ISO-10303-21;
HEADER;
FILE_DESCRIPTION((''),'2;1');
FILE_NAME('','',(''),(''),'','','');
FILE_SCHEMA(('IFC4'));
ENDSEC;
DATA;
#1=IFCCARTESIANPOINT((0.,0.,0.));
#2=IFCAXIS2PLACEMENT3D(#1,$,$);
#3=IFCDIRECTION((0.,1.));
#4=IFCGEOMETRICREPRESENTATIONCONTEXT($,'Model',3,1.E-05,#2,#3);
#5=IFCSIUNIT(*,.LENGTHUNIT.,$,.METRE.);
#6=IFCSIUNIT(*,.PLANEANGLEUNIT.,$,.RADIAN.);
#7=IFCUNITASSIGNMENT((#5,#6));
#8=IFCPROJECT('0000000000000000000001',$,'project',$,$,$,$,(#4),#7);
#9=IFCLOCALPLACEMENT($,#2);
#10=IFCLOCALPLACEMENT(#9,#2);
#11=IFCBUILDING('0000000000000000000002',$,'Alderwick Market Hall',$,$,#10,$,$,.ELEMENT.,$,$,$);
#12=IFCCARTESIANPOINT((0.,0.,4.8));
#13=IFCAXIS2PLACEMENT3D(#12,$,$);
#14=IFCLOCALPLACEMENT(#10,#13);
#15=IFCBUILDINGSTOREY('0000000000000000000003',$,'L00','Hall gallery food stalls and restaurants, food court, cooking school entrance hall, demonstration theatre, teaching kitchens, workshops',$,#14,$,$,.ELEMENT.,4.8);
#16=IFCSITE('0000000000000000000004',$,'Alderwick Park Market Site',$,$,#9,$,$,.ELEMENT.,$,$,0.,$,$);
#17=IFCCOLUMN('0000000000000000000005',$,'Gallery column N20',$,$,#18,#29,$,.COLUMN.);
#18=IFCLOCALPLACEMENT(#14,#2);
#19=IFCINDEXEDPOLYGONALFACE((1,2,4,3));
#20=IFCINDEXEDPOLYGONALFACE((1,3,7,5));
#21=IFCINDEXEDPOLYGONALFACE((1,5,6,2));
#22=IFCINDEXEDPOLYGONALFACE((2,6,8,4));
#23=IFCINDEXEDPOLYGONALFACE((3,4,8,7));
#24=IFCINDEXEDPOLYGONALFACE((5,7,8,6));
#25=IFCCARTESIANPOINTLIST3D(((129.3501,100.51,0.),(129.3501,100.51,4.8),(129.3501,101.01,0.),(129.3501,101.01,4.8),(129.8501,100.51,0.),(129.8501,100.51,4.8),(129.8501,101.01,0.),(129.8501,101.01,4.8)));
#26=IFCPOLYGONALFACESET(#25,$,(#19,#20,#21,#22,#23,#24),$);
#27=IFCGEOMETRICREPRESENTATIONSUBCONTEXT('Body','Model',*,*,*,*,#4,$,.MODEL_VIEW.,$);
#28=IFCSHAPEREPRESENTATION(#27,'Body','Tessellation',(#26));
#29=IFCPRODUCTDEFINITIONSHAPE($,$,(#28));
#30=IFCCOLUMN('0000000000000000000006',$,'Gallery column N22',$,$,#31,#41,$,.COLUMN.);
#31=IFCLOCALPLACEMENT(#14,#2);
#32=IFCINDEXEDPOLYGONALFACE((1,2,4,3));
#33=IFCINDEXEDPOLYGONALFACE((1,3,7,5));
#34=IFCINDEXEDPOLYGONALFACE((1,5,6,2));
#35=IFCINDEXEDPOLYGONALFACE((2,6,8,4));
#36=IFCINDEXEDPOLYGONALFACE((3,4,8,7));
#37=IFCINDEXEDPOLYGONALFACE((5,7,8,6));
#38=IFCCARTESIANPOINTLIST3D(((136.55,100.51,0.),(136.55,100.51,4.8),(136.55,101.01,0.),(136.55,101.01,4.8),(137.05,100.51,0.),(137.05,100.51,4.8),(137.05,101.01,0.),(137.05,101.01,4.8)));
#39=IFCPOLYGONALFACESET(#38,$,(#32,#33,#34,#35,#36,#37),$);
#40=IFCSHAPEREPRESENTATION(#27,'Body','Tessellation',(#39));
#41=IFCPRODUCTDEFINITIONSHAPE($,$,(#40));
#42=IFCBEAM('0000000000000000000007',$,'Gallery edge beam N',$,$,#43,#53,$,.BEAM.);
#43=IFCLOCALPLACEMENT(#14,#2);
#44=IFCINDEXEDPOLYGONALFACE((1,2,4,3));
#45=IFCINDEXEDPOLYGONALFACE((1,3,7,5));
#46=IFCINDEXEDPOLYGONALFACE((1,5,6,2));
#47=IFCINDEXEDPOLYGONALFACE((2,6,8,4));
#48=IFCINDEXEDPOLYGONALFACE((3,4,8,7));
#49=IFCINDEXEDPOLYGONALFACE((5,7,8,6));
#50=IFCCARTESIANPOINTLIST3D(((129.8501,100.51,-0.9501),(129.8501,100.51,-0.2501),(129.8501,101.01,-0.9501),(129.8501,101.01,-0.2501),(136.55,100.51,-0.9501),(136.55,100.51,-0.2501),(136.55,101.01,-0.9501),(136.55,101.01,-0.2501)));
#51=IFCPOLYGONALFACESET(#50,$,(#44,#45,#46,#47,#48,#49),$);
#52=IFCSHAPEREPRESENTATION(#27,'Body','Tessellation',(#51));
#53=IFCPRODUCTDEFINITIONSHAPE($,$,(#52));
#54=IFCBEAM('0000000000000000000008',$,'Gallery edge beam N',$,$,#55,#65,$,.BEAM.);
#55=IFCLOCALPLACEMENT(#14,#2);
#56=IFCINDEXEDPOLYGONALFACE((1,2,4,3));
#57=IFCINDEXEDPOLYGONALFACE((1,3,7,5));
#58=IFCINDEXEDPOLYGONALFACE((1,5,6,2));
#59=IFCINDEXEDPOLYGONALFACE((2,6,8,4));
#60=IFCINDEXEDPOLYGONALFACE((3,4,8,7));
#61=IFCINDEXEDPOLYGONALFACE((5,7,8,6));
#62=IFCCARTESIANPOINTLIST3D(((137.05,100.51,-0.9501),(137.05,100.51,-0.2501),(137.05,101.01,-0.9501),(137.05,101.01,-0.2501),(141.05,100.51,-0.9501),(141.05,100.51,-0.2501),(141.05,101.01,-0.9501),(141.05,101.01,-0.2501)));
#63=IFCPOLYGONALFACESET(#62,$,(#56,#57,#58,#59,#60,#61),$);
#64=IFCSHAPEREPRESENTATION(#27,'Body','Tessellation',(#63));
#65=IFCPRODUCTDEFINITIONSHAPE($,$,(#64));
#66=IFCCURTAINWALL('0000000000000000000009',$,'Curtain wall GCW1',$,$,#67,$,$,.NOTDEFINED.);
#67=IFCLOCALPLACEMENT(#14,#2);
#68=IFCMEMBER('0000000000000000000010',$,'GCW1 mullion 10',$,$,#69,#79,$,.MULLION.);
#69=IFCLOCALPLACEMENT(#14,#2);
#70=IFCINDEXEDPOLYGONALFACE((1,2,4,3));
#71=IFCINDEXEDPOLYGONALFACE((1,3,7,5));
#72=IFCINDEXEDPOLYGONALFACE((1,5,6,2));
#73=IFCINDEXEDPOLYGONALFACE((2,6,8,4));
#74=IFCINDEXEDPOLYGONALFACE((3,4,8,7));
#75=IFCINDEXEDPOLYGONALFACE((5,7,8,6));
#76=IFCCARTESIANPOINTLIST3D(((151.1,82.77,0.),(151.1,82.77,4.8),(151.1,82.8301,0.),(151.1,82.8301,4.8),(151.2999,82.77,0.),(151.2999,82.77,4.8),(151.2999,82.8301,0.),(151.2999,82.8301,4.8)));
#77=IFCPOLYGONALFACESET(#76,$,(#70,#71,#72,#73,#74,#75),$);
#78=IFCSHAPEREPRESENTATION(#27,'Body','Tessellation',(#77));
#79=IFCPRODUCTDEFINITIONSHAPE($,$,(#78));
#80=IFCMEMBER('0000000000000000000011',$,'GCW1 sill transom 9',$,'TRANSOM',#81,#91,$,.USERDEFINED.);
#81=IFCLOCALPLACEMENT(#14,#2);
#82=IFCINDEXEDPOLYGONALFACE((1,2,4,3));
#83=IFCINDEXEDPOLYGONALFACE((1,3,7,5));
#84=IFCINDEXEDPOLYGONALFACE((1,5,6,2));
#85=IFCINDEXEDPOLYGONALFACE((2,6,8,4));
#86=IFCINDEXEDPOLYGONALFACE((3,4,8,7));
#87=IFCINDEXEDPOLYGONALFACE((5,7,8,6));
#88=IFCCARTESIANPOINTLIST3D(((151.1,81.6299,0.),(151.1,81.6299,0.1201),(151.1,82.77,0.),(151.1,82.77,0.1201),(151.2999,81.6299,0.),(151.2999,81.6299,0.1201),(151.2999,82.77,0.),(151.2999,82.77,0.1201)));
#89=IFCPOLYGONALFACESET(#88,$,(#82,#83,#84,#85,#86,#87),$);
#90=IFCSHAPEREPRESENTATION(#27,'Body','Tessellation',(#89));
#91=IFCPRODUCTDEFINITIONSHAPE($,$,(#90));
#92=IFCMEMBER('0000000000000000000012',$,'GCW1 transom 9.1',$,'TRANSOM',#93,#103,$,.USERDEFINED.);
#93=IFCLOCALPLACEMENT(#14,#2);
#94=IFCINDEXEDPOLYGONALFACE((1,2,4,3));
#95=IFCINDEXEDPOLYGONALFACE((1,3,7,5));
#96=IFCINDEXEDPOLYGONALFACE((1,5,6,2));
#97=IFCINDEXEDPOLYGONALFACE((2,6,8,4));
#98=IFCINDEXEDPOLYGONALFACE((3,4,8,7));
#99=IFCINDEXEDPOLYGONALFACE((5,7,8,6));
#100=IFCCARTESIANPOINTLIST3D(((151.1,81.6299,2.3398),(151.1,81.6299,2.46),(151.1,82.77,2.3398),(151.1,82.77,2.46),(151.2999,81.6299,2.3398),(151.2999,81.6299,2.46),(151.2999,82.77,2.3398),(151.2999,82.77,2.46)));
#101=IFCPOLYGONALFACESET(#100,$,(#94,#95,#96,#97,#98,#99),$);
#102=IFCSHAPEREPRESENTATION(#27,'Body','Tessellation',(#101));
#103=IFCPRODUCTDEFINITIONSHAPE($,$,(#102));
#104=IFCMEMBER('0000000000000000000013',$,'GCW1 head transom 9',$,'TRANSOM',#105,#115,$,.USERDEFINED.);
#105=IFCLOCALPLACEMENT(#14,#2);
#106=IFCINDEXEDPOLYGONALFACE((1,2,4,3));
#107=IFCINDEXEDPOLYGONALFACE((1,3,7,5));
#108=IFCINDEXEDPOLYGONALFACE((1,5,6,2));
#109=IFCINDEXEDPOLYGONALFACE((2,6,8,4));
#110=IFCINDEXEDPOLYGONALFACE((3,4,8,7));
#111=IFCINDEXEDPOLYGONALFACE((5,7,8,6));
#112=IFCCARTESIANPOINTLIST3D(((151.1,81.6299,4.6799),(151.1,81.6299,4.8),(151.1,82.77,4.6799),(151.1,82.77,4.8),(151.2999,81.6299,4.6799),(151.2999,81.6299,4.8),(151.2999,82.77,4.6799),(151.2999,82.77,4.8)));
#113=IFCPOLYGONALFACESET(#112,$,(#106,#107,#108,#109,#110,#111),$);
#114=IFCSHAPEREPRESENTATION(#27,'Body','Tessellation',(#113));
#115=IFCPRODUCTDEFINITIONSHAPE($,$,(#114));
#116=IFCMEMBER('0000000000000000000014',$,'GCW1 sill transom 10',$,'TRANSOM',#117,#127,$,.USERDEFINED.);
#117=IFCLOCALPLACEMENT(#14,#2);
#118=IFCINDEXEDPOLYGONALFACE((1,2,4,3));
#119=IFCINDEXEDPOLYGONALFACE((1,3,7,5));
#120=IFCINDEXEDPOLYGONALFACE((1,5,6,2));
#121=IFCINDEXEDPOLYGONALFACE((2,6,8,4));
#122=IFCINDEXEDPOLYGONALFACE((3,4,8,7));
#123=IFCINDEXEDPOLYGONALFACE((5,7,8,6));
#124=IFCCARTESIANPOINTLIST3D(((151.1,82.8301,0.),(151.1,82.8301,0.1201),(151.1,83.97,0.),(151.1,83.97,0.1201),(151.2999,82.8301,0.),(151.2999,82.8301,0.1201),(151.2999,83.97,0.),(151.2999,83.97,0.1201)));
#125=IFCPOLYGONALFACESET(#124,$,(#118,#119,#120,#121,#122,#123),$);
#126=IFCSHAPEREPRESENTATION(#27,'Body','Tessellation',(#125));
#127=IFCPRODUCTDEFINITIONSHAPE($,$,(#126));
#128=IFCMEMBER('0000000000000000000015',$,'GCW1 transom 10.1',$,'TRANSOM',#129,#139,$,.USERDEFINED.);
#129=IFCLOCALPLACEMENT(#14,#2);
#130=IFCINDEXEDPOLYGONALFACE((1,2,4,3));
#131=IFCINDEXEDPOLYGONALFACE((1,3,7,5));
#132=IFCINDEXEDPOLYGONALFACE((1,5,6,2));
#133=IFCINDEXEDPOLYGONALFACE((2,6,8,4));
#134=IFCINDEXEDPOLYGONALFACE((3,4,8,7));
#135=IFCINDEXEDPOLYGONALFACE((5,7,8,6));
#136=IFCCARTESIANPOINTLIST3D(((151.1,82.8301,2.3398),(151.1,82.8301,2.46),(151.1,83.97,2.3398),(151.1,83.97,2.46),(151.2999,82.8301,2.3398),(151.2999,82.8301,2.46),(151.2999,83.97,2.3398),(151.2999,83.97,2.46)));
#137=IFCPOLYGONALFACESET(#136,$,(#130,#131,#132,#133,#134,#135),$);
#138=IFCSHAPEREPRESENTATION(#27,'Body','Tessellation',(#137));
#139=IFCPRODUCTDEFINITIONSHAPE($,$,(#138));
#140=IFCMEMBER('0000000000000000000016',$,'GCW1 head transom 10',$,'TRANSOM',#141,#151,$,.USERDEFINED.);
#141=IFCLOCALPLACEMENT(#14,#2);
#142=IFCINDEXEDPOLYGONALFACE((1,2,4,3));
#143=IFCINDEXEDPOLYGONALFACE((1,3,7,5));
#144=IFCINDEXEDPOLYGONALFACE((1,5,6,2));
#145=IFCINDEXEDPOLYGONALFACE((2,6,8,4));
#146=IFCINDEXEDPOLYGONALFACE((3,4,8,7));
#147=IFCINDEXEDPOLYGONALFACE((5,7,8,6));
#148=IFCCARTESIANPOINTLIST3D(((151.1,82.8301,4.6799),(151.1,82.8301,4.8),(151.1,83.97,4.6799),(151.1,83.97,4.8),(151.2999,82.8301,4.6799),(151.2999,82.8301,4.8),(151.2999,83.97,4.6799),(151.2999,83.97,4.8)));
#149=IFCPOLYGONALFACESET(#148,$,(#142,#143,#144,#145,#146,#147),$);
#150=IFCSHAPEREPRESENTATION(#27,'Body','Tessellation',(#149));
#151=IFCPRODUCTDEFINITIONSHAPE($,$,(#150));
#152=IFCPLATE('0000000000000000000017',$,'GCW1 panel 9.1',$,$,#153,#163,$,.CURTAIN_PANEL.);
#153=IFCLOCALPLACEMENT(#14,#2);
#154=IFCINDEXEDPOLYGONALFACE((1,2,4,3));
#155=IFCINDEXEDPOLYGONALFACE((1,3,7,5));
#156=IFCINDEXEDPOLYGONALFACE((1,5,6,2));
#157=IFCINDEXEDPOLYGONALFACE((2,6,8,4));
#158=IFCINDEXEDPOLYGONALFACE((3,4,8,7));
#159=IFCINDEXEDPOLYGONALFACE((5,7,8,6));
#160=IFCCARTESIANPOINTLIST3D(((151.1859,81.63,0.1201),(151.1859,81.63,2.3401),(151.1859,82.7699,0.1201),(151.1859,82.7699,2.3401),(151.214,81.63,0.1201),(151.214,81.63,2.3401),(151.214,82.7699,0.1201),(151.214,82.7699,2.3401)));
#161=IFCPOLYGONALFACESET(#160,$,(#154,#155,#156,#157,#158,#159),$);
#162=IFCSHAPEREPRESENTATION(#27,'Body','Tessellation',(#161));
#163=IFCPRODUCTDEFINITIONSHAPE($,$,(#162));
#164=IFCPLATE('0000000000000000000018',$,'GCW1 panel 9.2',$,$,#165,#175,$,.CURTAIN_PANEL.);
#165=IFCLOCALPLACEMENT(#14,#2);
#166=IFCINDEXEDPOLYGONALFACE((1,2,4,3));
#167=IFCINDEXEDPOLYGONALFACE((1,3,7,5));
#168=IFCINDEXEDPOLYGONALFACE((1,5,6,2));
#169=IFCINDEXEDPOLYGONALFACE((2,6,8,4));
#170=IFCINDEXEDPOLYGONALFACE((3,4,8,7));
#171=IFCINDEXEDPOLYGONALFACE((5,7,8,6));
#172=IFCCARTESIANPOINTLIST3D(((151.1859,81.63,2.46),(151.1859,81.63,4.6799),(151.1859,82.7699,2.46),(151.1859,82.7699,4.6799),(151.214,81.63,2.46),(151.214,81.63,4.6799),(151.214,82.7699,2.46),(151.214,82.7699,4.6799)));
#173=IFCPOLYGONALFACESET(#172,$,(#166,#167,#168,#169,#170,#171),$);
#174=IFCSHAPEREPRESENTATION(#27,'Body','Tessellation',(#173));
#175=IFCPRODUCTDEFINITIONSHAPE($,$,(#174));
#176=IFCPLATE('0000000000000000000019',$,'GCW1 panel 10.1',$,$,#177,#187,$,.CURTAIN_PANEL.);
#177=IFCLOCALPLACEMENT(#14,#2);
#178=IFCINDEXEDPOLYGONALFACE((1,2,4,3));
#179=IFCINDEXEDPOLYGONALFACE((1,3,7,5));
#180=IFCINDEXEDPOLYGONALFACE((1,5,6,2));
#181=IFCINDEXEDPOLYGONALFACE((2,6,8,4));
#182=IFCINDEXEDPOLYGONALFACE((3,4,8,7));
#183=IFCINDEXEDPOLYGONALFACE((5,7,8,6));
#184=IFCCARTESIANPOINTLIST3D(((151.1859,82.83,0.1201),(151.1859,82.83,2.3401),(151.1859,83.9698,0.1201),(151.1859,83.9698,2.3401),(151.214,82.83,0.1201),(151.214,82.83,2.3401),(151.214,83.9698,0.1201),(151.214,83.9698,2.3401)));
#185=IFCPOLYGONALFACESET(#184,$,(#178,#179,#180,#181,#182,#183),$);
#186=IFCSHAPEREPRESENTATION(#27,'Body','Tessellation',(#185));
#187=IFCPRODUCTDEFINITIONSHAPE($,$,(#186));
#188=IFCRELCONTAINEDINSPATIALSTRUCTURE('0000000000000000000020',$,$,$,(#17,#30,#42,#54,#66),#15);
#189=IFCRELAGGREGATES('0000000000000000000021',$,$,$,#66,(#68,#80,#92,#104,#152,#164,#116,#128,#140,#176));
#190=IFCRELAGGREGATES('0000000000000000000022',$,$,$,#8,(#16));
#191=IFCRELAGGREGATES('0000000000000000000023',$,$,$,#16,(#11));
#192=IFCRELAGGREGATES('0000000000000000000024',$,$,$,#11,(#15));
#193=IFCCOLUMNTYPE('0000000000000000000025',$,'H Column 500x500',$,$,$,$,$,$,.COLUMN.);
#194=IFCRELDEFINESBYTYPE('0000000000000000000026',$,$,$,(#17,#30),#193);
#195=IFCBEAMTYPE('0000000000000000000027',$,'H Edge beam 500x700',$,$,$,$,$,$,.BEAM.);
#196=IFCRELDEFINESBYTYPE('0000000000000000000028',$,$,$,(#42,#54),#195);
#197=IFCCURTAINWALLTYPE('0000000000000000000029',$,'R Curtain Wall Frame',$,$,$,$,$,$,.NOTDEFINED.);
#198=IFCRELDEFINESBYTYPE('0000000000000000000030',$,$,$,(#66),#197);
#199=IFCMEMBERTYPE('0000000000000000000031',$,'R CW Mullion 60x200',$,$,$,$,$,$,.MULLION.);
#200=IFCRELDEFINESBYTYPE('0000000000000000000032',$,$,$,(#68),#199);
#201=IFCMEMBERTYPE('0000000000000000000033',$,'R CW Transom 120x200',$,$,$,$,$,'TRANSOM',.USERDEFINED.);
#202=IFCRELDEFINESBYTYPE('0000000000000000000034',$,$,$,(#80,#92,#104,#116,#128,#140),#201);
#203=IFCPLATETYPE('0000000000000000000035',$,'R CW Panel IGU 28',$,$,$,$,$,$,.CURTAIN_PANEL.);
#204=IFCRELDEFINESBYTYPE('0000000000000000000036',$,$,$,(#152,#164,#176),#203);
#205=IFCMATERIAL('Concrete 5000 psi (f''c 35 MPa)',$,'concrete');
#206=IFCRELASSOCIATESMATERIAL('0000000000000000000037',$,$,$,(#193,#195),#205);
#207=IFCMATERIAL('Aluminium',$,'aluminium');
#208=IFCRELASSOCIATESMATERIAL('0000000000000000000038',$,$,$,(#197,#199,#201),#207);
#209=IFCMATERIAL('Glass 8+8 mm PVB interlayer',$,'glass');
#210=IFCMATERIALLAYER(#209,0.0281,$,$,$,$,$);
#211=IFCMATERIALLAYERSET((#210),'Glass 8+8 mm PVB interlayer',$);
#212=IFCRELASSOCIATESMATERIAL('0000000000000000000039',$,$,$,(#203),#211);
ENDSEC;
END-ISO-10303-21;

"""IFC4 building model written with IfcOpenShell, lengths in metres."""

from ifc_helpers import new_model, si_unit, direction, frame, origin, origin_2d, place, context, subcontext, project, spatial, rectangle, extrude, material, layer, layer_set, material_profile, profile_set, type_object, element, aggregate, save


model = new_model("IFC4")

# Units and contexts
model_context = context("Model", 3, precision=1e-05, world=origin(), true_north=direction((0.0, 1.0)))
body_context = subcontext(model_context, "Body", "Model", "MODEL_VIEW")
ifc_project = project(units=[si_unit("LENGTHUNIT", "METRE"), si_unit("PLANEANGLEUNIT", "RADIAN")], contexts=[model_context])

# Site, building, storey
site_placement = place(None, origin())
site = spatial("IfcSite", under=ifc_project, at=site_placement, Name="Alderwick Park Market Site", CompositionType="ELEMENT", RefElevation=0.0)
building_placement = place(site_placement, origin())
building = spatial("IfcBuilding", under=site, at=building_placement, Name="Alderwick Market Hall", CompositionType="ELEMENT")
storey_placement = place(building_placement, frame((0.0, 0.0, 4.8)))
storey = spatial("IfcBuildingStorey", under=building, at=storey_placement, Name="L00", Description="Hall gallery food stalls and restaurants, food court, cooking school entrance hall, demonstration theatre, teaching kitchens, workshops", CompositionType="ELEMENT", Elevation=4.8)

# Columns
ifc_material_1 = material(Name="Concrete 5000 psi (f'c 35 MPa)", Category="concrete")
ifc_material_profile_1 = material_profile(ifc_material_1, rectangle(XDim=0.5, YDim=0.5, at=origin_2d()), Name="RC 500x500")
ifc_profile_set_1 = profile_set([ifc_material_profile_1], Name="Concrete 5000 psi (f'c 35 MPa)")
column_type = type_object("IfcColumnType", Name="H Column 500x500", PredefinedType="COLUMN", material=ifc_profile_set_1)
for number, where, z_axis, x_axis, name in (
    (1, (129.6001, 100.76, 0.0), (0.0, 0.0, 1.0), (1.0, 0.0, 0.0), "Gallery column N20"),
    (2, (136.8, 100.76, 0.0), (0.0, 0.0, 1.0), (1.0, 0.0, 0.0), "Gallery column N22"),
):
    element("IfcColumn", number, at=place(storey_placement, frame(where, z_axis=z_axis, x_axis=x_axis)), inside=storey, type_object=column_type, Name=name, PredefinedType="COLUMN", context=body_context, shape_type="SweptSolid", body=[
        extrude(rectangle(XDim=0.5, YDim=0.5, at=origin_2d()), origin(), (0.0, 0.0, 1.0), 4.8),
    ])

# Beams
ifc_material_profile_2 = material_profile(ifc_material_1, rectangle(XDim=0.5, YDim=0.7, at=origin_2d()), Name="RC 500x700")
ifc_profile_set_2 = profile_set([ifc_material_profile_2], Name="Concrete 5000 psi (f'c 35 MPa)")
beam_type = type_object("IfcBeamType", Name="H Edge beam 500x700", PredefinedType="BEAM", material=ifc_profile_set_2)
beam_1_placement = place(storey_placement, frame((129.8501, 100.76, -0.6001), z_axis=(1.0, 0.0, 0.0), x_axis=(0.0, 1.0, 0.0)))
element("IfcBeam", 3, at=beam_1_placement, inside=storey, type_object=beam_type, Name="Gallery edge beam N", PredefinedType="BEAM", context=body_context, shape_type="SweptSolid", body=[
    extrude(rectangle(XDim=0.5, YDim=0.7, at=origin_2d()), origin(), (0.0, 0.0, 1.0), 6.7),
])
beam_2_placement = place(storey_placement, frame((137.05, 100.76, -0.6001), z_axis=(1.0, 0.0, 0.0), x_axis=(0.0, 1.0, 0.0)))
element("IfcBeam", 4, at=beam_2_placement, inside=storey, type_object=beam_type, Name="Gallery edge beam N", PredefinedType="BEAM", context=body_context, shape_type="SweptSolid", body=[
    extrude(rectangle(XDim=0.5, YDim=0.7, at=origin_2d()), origin(), (0.0, 0.0, 1.0), 4.0),
])

# Curtain wall, members, plates
ifc_material_2 = material(Name="Aluminium", Category="aluminium")
curtain_wall_type = type_object("IfcCurtainWallType", Name="R Curtain Wall Frame", PredefinedType="NOTDEFINED", material=ifc_material_2)
curtain_wall_placement = place(storey_placement, origin())
curtain_wall = element("IfcCurtainWall", 5, at=curtain_wall_placement, inside=storey, type_object=curtain_wall_type, Name="Curtain wall GCW1", PredefinedType="NOTDEFINED")
ifc_material_profile_3 = material_profile(ifc_material_2, rectangle(XDim=0.2, YDim=0.0601, at=origin_2d()), Name="AL 60x200")
ifc_profile_set_3 = profile_set([ifc_material_profile_3], Name="Aluminium")
member_type_1 = type_object("IfcMemberType", Name="R CW Mullion 60x200", PredefinedType="MULLION", material=ifc_profile_set_3)
member_1_placement = place(storey_placement, frame((151.2, 82.8, 0.0), z_axis=(0.0, 0.0, 1.0), x_axis=(1.0, 0.0, 0.0)))
member_1 = element("IfcMember", 6, at=member_1_placement, type_object=member_type_1, Name="GCW1 mullion 10", PredefinedType="MULLION", context=body_context, shape_type="SweptSolid", body=[
    extrude(rectangle(XDim=0.2, YDim=0.0601, at=origin_2d()), origin(), (0.0, 0.0, 1.0), 4.8),
])
ifc_material_profile_4 = material_profile(ifc_material_2, rectangle(XDim=0.2, YDim=0.1201, at=origin_2d()), Name="AL 120x200")
ifc_profile_set_4 = profile_set([ifc_material_profile_4], Name="Aluminium")
member_type_2 = type_object("IfcMemberType", Name="R CW Transom 120x200", ElementType="TRANSOM", PredefinedType="USERDEFINED", material=ifc_profile_set_4)
member_2_placement = place(storey_placement, frame((151.2, 81.6299, 0.0601), z_axis=(0.0, 1.0, 0.0), x_axis=(-1.0, 0.0, 0.0)))
member_2 = element("IfcMember", 7, at=member_2_placement, type_object=member_type_2, Name="GCW1 sill transom 9", ObjectType="TRANSOM", PredefinedType="USERDEFINED", context=body_context, shape_type="SweptSolid", body=[
    extrude(rectangle(XDim=0.2, YDim=0.1201, at=origin_2d()), origin(), (0.0, 0.0, 1.0), 1.1401),
])
member_3_placement = place(storey_placement, frame((151.2, 81.6299, 2.3999), z_axis=(0.0, 1.0, 0.0), x_axis=(-1.0, 0.0, 0.0)))
member_3 = element("IfcMember", 8, at=member_3_placement, type_object=member_type_2, Name="GCW1 transom 9.1", ObjectType="TRANSOM", PredefinedType="USERDEFINED", context=body_context, shape_type="SweptSolid", body=[
    extrude(rectangle(XDim=0.2, YDim=0.1201, at=origin_2d()), origin(), (0.0, 0.0, 1.0), 1.1401),
])
member_4_placement = place(storey_placement, frame((151.2, 81.6299, 4.74), z_axis=(0.0, 1.0, 0.0), x_axis=(-1.0, 0.0, 0.0)))
member_4 = element("IfcMember", 9, at=member_4_placement, type_object=member_type_2, Name="GCW1 head transom 9", ObjectType="TRANSOM", PredefinedType="USERDEFINED", context=body_context, shape_type="SweptSolid", body=[
    extrude(rectangle(XDim=0.2, YDim=0.1201, at=origin_2d()), origin(), (0.0, 0.0, 1.0), 1.1401),
])
member_5_placement = place(storey_placement, frame((151.2, 82.8301, 0.0601), z_axis=(0.0, 1.0, 0.0), x_axis=(-1.0, 0.0, 0.0)))
member_5 = element("IfcMember", 10, at=member_5_placement, type_object=member_type_2, Name="GCW1 sill transom 10", ObjectType="TRANSOM", PredefinedType="USERDEFINED", context=body_context, shape_type="SweptSolid", body=[
    extrude(rectangle(XDim=0.2, YDim=0.1201, at=origin_2d()), origin(), (0.0, 0.0, 1.0), 1.1399),
])
member_6_placement = place(storey_placement, frame((151.2, 82.8301, 2.3999), z_axis=(0.0, 1.0, 0.0), x_axis=(-1.0, 0.0, 0.0)))
member_6 = element("IfcMember", 11, at=member_6_placement, type_object=member_type_2, Name="GCW1 transom 10.1", ObjectType="TRANSOM", PredefinedType="USERDEFINED", context=body_context, shape_type="SweptSolid", body=[
    extrude(rectangle(XDim=0.2, YDim=0.1201, at=origin_2d()), origin(), (0.0, 0.0, 1.0), 1.1399),
])
member_7_placement = place(storey_placement, frame((151.2, 82.8301, 4.74), z_axis=(0.0, 1.0, 0.0), x_axis=(-1.0, 0.0, 0.0)))
member_7 = element("IfcMember", 12, at=member_7_placement, type_object=member_type_2, Name="GCW1 head transom 10", ObjectType="TRANSOM", PredefinedType="USERDEFINED", context=body_context, shape_type="SweptSolid", body=[
    extrude(rectangle(XDim=0.2, YDim=0.1201, at=origin_2d()), origin(), (0.0, 0.0, 1.0), 1.1399),
])
ifc_material_3 = material(Name="Glass 8+8 mm PVB interlayer", Category="glass")
ifc_layer_1 = layer(ifc_material_3, 0.0281)
ifc_layer_set_1 = layer_set([ifc_layer_1], Name="Glass 8+8 mm PVB interlayer")
plate_type = type_object("IfcPlateType", Name="R CW Panel IGU 28", PredefinedType="CURTAIN_PANEL", material=ifc_layer_set_1)
plate_1_placement = place(storey_placement, frame((151.2, 82.2, 0.1201), z_axis=(0.0, 0.0, 1.0), x_axis=(1.0, 0.0, 0.0)))
plate_1 = element("IfcPlate", 13, at=plate_1_placement, type_object=plate_type, Name="GCW1 panel 9.1", PredefinedType="CURTAIN_PANEL", context=body_context, shape_type="SweptSolid", body=[
    extrude(rectangle(XDim=0.0281, YDim=1.1399, at=origin_2d()), origin(), (0.0, 0.0, 1.0), 2.22),
])
plate_2_placement = place(storey_placement, frame((151.2, 82.2, 2.46), z_axis=(0.0, 0.0, 1.0), x_axis=(1.0, 0.0, 0.0)))
plate_2 = element("IfcPlate", 14, at=plate_2_placement, type_object=plate_type, Name="GCW1 panel 9.2", PredefinedType="CURTAIN_PANEL", context=body_context, shape_type="SweptSolid", body=[
    extrude(rectangle(XDim=0.0281, YDim=1.1399, at=origin_2d()), origin(), (0.0, 0.0, 1.0), 2.22),
])
plate_3_placement = place(storey_placement, frame((151.2, 83.3999, 0.1201), z_axis=(0.0, 0.0, 1.0), x_axis=(1.0, 0.0, 0.0)))
plate_3 = element("IfcPlate", 15, at=plate_3_placement, type_object=plate_type, Name="GCW1 panel 10.1", PredefinedType="CURTAIN_PANEL", context=body_context, shape_type="SweptSolid", body=[
    extrude(rectangle(XDim=0.0281, YDim=1.1399, at=origin_2d()), origin(), (0.0, 0.0, 1.0), 2.22),
])
aggregate(curtain_wall, [member_1, member_2, member_3, member_4, plate_1, plate_2, member_5, member_6, member_7, plate_3])

save(model, "model.ifc")
